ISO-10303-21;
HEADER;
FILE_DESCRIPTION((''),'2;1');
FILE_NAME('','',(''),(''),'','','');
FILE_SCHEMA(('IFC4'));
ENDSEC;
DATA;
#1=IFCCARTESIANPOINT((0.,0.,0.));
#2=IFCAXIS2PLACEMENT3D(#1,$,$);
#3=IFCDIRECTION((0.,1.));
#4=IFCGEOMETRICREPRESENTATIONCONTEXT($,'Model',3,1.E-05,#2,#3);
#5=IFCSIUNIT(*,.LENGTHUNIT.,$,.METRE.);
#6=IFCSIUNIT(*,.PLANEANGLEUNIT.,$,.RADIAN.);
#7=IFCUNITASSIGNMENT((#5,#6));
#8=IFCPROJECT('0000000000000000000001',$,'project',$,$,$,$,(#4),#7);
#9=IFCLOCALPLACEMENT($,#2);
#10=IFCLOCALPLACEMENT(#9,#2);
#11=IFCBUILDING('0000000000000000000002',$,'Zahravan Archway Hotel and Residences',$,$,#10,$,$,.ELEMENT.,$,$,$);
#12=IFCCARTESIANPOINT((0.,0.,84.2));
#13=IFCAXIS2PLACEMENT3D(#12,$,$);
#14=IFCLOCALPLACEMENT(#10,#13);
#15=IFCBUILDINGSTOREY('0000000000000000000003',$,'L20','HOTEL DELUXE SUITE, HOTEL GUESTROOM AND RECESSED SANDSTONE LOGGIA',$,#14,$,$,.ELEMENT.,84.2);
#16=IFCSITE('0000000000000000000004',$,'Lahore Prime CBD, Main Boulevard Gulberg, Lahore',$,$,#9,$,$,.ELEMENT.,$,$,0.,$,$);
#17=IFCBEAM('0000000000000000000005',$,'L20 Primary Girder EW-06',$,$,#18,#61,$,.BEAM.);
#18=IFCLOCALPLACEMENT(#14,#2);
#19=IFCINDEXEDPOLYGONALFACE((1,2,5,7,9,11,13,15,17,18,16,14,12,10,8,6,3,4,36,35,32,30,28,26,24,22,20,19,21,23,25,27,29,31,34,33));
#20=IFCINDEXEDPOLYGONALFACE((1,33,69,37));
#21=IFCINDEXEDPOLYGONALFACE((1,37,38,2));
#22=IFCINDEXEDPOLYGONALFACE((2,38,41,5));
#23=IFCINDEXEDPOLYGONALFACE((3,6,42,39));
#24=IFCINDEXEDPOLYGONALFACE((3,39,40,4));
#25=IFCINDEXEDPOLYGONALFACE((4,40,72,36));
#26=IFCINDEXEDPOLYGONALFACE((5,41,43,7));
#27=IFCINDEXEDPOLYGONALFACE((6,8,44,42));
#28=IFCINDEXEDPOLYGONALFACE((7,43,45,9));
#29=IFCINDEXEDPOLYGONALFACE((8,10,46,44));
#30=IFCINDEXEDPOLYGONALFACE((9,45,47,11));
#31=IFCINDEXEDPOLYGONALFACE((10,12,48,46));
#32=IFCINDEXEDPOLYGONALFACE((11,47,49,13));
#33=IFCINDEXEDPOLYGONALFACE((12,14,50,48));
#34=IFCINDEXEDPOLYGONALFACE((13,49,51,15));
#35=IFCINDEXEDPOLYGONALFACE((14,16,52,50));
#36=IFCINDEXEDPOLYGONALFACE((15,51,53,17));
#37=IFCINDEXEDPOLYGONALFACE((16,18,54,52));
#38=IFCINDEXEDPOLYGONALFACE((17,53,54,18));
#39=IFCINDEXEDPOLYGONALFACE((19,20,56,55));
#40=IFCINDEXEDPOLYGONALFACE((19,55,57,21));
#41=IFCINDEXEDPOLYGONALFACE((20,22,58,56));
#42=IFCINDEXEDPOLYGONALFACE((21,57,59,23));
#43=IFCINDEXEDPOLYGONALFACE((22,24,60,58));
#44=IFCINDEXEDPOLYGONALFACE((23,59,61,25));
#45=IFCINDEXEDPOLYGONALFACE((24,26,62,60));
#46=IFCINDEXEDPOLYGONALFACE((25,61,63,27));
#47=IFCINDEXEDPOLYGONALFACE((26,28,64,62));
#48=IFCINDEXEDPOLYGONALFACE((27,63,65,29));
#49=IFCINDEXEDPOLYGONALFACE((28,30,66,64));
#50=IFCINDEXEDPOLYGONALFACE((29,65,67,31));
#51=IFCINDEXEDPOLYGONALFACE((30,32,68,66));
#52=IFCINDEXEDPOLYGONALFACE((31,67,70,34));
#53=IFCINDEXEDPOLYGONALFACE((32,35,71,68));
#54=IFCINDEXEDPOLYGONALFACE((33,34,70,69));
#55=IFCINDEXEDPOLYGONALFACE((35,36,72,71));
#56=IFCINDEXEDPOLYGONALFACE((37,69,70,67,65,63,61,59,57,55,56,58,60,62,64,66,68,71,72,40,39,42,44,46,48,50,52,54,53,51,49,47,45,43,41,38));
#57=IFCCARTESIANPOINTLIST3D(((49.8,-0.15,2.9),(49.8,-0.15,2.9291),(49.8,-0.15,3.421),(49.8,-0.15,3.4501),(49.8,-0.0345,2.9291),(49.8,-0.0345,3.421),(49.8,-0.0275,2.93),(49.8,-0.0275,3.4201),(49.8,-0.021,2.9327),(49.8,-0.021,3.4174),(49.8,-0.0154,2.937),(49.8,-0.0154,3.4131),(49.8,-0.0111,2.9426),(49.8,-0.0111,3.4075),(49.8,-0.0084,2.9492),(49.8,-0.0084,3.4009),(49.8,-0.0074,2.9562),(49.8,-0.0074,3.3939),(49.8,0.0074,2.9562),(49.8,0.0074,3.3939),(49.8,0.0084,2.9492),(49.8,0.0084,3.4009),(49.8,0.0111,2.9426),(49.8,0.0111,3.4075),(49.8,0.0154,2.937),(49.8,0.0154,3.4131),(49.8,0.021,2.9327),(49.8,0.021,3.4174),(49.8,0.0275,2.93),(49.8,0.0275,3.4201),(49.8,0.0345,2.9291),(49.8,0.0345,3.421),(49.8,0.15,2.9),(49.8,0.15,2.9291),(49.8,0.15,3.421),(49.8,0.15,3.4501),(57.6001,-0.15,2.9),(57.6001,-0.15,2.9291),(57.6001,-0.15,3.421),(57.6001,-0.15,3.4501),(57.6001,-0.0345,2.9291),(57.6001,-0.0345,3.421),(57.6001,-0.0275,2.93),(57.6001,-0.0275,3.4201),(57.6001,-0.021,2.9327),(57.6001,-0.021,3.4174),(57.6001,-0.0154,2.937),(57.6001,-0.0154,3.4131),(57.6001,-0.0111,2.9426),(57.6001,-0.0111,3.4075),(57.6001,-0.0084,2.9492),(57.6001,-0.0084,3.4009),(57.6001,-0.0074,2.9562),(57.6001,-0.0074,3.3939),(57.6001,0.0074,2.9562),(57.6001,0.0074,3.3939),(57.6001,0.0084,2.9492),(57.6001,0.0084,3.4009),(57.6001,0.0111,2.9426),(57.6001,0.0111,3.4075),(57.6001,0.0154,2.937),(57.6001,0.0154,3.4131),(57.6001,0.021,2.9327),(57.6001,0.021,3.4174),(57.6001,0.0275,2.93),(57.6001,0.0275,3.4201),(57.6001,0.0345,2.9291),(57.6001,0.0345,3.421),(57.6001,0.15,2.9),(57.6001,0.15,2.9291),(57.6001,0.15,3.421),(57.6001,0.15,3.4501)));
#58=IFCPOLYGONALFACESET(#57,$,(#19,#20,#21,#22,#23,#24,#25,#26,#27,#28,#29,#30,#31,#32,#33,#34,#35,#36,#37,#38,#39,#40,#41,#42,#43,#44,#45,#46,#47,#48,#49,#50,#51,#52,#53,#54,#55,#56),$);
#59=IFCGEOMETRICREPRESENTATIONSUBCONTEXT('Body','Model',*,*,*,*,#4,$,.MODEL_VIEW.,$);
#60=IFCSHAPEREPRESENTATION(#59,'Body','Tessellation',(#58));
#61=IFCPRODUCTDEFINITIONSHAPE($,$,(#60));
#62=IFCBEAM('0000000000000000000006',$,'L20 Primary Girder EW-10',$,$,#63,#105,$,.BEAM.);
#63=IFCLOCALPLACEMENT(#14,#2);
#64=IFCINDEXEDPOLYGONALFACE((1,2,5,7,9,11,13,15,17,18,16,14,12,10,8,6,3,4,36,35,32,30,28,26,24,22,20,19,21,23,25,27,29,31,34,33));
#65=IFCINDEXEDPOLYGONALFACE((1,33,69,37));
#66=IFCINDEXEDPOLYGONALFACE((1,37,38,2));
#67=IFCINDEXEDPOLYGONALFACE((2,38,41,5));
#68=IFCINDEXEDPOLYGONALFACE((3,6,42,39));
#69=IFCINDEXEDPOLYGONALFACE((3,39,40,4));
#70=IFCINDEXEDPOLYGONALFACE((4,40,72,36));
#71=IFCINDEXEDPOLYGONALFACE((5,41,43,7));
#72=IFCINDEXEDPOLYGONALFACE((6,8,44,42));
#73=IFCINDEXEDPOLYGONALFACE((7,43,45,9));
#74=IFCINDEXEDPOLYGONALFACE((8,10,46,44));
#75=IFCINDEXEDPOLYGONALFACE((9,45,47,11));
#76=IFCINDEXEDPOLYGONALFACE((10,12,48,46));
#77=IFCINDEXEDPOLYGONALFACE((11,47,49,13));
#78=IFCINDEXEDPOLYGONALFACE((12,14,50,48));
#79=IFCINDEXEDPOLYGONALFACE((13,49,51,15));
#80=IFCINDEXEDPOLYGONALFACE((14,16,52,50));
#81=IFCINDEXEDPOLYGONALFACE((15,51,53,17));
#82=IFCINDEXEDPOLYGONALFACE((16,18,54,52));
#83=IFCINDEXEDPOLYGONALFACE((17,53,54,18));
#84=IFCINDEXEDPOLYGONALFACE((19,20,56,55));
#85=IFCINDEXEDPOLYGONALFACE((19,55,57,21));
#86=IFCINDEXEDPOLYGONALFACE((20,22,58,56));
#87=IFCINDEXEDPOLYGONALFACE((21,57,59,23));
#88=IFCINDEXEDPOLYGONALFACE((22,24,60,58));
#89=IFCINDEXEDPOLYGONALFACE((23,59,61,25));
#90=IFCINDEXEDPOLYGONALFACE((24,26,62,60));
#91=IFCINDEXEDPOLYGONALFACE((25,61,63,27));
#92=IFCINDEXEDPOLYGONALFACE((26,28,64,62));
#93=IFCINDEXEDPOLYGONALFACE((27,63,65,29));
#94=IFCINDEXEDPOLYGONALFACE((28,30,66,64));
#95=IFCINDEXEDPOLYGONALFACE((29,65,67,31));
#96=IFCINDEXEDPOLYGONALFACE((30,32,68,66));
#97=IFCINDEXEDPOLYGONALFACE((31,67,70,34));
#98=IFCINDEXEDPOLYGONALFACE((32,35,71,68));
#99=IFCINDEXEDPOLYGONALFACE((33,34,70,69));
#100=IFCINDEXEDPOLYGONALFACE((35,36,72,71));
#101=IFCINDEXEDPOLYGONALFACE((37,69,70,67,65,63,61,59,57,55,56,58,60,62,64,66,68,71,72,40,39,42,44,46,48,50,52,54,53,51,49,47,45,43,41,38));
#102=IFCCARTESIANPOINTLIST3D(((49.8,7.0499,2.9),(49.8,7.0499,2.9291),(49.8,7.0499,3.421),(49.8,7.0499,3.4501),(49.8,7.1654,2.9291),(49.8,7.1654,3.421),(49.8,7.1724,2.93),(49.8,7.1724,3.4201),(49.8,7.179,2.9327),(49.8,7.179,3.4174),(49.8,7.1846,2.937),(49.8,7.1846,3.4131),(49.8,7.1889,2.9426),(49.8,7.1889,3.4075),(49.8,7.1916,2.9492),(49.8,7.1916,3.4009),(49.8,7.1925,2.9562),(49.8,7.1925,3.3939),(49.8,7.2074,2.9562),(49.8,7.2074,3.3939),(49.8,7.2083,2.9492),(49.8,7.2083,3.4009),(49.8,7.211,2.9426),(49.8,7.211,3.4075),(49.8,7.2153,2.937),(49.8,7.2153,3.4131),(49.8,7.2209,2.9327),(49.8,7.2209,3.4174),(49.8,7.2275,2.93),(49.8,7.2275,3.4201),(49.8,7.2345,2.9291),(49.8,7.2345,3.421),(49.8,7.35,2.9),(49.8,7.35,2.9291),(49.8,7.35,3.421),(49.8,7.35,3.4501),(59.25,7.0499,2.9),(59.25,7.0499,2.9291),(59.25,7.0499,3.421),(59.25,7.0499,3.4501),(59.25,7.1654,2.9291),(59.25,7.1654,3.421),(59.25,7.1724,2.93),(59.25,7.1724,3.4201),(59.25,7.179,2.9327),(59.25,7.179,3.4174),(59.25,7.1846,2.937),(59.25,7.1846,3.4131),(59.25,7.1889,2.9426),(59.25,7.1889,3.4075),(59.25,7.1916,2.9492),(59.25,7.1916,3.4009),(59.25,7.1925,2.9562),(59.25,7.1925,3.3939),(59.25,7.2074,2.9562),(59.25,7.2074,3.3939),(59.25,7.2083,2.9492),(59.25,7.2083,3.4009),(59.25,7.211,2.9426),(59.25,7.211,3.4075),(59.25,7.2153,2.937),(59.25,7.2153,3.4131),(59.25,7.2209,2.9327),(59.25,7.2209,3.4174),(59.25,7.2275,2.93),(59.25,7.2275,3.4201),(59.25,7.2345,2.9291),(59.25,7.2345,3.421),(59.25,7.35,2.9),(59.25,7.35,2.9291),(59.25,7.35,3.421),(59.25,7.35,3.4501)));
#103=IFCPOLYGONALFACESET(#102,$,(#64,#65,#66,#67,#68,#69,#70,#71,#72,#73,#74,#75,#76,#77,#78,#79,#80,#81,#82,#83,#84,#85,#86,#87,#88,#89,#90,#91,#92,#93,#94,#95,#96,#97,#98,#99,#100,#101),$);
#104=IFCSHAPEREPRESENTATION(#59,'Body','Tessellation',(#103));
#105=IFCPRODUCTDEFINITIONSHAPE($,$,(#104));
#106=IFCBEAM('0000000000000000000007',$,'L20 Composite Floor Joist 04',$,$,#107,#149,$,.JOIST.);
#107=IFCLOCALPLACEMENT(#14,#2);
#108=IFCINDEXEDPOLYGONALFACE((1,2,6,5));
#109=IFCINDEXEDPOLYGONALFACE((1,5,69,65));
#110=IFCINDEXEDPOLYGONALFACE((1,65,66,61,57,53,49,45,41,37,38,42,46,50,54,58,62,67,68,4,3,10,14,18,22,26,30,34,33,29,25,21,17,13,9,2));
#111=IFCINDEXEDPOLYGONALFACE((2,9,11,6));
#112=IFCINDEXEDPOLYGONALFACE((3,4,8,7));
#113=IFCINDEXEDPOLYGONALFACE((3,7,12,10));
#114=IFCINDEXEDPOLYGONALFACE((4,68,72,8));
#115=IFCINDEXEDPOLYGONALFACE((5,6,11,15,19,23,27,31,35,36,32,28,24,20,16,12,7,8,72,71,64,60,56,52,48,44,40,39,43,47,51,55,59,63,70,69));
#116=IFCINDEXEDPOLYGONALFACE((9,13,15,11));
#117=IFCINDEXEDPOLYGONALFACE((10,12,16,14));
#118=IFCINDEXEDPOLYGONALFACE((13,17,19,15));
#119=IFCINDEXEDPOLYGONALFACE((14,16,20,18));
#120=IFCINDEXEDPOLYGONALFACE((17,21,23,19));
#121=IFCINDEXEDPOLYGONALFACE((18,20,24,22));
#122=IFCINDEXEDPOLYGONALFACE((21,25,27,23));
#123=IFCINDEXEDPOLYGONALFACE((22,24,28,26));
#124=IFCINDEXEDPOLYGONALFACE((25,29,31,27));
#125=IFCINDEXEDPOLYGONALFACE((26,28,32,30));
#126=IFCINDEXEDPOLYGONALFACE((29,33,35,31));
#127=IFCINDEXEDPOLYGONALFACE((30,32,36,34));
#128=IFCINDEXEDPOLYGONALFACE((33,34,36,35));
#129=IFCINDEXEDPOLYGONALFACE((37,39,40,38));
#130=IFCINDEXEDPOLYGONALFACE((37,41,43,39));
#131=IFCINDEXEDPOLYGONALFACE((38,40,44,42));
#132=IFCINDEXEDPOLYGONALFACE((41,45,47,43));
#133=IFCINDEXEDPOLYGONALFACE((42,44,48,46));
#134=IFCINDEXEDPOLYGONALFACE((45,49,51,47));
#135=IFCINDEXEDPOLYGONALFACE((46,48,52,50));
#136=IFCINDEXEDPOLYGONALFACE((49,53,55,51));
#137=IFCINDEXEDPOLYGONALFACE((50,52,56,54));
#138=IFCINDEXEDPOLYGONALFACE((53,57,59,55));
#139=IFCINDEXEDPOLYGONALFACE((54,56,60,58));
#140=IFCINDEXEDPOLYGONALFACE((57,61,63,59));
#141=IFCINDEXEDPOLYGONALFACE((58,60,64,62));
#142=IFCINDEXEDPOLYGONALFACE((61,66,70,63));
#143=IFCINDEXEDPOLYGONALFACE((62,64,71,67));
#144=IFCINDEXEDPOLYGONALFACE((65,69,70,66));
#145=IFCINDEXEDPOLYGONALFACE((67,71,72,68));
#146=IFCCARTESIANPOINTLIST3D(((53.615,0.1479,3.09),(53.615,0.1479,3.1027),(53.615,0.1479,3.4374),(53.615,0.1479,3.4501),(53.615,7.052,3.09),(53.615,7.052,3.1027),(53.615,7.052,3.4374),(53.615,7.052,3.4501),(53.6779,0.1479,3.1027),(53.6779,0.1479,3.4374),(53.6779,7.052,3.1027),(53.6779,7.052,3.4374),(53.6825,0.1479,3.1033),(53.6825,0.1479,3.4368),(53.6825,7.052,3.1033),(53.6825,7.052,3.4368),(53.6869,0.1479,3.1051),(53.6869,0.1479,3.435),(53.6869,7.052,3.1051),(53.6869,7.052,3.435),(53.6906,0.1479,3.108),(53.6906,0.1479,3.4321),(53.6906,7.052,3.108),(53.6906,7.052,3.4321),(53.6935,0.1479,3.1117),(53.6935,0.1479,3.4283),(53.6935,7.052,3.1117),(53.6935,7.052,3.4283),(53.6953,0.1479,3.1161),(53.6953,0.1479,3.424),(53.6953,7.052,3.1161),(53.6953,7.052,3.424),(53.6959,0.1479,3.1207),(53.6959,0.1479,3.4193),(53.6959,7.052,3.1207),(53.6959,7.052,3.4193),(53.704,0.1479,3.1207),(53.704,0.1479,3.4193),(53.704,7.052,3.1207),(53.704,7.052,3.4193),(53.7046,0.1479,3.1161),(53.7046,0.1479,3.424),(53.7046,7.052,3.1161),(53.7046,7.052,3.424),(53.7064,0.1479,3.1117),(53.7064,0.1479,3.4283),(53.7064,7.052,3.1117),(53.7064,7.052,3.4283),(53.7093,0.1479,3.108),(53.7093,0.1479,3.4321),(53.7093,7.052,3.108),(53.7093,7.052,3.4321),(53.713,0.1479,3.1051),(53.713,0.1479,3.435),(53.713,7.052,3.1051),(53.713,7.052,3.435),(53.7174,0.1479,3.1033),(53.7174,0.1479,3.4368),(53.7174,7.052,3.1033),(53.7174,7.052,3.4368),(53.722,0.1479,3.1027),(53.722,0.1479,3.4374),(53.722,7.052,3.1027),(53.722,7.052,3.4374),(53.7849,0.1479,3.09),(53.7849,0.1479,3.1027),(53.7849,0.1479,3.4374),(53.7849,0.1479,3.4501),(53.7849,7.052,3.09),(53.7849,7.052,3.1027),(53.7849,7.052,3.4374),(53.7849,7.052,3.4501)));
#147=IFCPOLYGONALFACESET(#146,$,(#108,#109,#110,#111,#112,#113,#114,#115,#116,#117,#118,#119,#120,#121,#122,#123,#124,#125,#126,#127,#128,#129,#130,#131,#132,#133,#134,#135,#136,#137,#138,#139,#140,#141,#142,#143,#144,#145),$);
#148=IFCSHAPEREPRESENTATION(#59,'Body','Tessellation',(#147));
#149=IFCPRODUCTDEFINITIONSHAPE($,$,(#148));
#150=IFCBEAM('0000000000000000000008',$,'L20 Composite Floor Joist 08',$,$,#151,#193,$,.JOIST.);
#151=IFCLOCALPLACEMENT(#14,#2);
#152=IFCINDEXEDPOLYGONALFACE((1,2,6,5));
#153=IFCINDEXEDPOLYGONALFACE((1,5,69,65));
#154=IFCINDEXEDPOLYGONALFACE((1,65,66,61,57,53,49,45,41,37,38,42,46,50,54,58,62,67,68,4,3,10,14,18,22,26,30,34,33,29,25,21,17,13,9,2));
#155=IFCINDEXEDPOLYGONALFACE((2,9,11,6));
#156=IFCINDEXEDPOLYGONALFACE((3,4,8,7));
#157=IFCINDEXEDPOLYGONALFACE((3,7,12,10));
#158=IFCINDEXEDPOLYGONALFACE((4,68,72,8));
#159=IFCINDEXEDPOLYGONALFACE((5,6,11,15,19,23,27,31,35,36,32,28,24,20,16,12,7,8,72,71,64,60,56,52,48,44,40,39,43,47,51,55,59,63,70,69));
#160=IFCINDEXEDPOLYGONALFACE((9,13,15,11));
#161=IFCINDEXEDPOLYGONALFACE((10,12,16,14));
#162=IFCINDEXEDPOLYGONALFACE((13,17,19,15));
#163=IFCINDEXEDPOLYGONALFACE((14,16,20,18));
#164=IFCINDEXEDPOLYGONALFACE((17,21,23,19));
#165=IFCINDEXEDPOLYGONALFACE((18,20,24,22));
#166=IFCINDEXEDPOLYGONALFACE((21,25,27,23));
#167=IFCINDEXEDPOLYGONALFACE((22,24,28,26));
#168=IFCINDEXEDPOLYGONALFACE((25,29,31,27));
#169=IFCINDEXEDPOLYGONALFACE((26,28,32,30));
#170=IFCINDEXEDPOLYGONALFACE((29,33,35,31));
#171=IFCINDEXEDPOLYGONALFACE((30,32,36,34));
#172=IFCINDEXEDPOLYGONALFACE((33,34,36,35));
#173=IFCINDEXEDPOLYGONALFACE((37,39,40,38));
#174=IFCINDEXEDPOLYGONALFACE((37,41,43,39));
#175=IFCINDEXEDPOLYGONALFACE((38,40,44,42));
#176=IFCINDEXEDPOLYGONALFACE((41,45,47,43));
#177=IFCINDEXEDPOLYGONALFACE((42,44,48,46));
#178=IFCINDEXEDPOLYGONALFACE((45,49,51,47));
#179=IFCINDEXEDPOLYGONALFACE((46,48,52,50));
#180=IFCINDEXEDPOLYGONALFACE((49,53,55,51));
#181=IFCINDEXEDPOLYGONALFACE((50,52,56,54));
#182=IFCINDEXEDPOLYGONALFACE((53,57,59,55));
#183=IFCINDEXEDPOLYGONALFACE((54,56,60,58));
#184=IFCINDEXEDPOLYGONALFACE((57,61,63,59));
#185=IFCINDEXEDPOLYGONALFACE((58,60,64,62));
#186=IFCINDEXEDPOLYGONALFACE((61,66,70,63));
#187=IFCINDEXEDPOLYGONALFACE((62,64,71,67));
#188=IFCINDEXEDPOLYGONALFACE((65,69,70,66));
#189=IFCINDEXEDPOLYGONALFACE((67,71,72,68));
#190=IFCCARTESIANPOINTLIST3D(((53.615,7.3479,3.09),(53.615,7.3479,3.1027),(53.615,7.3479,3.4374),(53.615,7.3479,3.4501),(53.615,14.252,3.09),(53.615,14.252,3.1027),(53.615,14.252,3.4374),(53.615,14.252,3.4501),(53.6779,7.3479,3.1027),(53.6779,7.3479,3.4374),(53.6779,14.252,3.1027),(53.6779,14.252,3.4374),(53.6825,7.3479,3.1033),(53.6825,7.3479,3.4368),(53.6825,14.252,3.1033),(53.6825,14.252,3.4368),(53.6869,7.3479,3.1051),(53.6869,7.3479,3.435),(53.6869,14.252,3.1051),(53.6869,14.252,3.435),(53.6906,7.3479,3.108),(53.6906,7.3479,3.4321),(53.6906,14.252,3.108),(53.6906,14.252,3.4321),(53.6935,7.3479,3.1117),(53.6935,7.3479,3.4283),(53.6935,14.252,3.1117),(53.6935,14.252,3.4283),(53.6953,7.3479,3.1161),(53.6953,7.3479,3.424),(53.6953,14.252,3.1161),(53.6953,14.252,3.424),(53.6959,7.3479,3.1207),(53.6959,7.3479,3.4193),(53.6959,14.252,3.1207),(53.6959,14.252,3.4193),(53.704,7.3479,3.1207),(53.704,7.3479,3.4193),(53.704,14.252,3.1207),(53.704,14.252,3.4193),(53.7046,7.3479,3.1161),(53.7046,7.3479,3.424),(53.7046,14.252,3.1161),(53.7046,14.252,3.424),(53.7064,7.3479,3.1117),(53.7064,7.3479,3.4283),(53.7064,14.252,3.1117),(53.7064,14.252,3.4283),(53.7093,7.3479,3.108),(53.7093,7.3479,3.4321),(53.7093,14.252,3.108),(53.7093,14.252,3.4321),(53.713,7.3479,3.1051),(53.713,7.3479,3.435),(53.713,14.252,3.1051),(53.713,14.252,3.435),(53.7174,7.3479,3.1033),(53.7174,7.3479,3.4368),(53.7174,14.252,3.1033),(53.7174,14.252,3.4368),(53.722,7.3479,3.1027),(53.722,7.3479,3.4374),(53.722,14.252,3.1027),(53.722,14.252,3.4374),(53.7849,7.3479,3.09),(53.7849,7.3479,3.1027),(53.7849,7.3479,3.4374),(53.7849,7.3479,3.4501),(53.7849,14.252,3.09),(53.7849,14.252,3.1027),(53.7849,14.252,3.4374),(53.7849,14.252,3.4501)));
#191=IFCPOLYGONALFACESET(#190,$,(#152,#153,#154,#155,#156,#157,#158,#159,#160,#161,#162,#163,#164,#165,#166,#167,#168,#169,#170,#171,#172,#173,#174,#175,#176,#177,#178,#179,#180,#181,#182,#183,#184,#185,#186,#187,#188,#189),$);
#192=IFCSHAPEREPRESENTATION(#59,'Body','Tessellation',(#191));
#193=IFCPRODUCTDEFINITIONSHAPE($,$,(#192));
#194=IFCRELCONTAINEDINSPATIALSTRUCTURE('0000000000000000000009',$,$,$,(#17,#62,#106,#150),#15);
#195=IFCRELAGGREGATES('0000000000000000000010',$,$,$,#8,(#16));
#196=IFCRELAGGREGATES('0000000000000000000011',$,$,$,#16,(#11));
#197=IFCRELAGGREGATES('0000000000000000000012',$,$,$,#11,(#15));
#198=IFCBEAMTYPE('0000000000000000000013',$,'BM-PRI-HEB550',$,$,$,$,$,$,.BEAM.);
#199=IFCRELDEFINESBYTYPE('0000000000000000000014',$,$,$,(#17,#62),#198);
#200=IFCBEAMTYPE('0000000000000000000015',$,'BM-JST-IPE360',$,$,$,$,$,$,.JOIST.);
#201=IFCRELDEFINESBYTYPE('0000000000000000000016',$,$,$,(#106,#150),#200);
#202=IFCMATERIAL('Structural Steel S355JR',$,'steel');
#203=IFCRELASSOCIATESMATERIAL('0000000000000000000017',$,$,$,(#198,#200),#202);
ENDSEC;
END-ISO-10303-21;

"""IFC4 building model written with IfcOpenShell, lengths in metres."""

from ifc_helpers import new_model, si_unit, direction, frame, origin, origin_2d, place, context, subcontext, project, spatial, i_section, extrude, source, transform, mapped, material, material_profile, profile_set, type_object, type_shapes, element, save


model = new_model("IFC4")

# Units and contexts
model_context = context("Model", 3, precision=1e-05, world=origin(), true_north=direction((0.0, 1.0)))
body_context = subcontext(model_context, "Body", "Model", "MODEL_VIEW")
ifc_project = project(units=[si_unit("LENGTHUNIT", "METRE"), si_unit("PLANEANGLEUNIT", "RADIAN")], contexts=[model_context])

# Site, building, storey
site_placement = place(None, origin())
site = spatial("IfcSite", under=ifc_project, at=site_placement, Name="Lahore Prime CBD, Main Boulevard Gulberg, Lahore", CompositionType="ELEMENT", RefElevation=0.0)
building_placement = place(site_placement, origin())
building = spatial("IfcBuilding", under=site, at=building_placement, Name="Zahravan Archway Hotel and Residences", CompositionType="ELEMENT")
storey_placement = place(building_placement, frame((0.0, 0.0, 84.2)))
storey = spatial("IfcBuildingStorey", under=building, at=storey_placement, Name="L20", Description="HOTEL DELUXE SUITE, HOTEL GUESTROOM AND RECESSED SANDSTONE LOGGIA", CompositionType="ELEMENT", Elevation=84.2)

# Beams
ifc_material_1 = material(Name="Structural Steel S355JR", Category="steel")
ifc_material_profile_1 = material_profile(ifc_material_1, i_section(OverallWidth=0.3, OverallDepth=0.55, WebThickness=0.0149, FlangeThickness=0.0291, FilletRadius=0.0271, at=origin_2d()), Name="HEB 550", Category="steel")
ifc_profile_set_1 = profile_set([ifc_material_profile_1], Name="Structural Steel S355JR")
beam_type_1 = type_object("IfcBeamType", Name="BM-PRI-HEB550", PredefinedType="BEAM", material=ifc_profile_set_1)
shared_shape_1 = source(origin(), body_context, "Body", "SweptSolid", [
    extrude(i_section(OverallWidth=0.3, OverallDepth=0.55, WebThickness=0.0149, FlangeThickness=0.0291, FilletRadius=0.0271, at=origin_2d()), origin(), (0.0, 0.0, 1.0), 7.8),
])
beam_1_placement = place(storey_placement, frame((49.8, 0.0, 3.175), z_axis=(1.0, 0.0, 0.0), x_axis=(0.0, 1.0, 0.0)))
element("IfcBeam", 1, at=beam_1_placement, inside=storey, type_object=beam_type_1, Name="L20 Primary Girder EW-06", PredefinedType="BEAM", context=body_context, shape_type="MappedRepresentation", body=[
    mapped(shared_shape_1, transform((0.0, 0.0, 0.0), scale=1.0)),
])
shared_shape_2 = source(origin(), body_context, "Body", "SweptSolid", [
    extrude(i_section(OverallWidth=0.3, OverallDepth=0.55, WebThickness=0.0149, FlangeThickness=0.0291, FilletRadius=0.0271, at=origin_2d()), origin(), (0.0, 0.0, 1.0), 9.45),
])
beam_2_placement = place(storey_placement, frame((49.8, 7.2, 3.175), z_axis=(1.0, 0.0, 0.0), x_axis=(0.0, 1.0, 0.0)))
element("IfcBeam", 2, at=beam_2_placement, inside=storey, type_object=beam_type_1, Name="L20 Primary Girder EW-10", PredefinedType="BEAM", context=body_context, shape_type="MappedRepresentation", body=[
    mapped(shared_shape_2, transform((0.0, 0.0, 0.0), scale=1.0)),
])
ifc_material_profile_2 = material_profile(ifc_material_1, i_section(OverallWidth=0.1699, OverallDepth=0.3601, WebThickness=0.0081, FlangeThickness=0.0127, FilletRadius=0.0181, at=origin_2d()), Name="IPE 360", Category="steel")
ifc_profile_set_2 = profile_set([ifc_material_profile_2], Name="Structural Steel S355JR")
beam_type_2 = type_object("IfcBeamType", Name="BM-JST-IPE360", PredefinedType="JOIST", material=ifc_profile_set_2)
shared_shape_3 = source(origin(), body_context, "Body", "SweptSolid", [
    extrude(i_section(OverallWidth=0.1699, OverallDepth=0.3601, WebThickness=0.0081, FlangeThickness=0.0127, FilletRadius=0.0181, at=origin_2d()), origin(), (0.0, 0.0, 1.0), 6.9041),
])
type_shapes(beam_type_2, [shared_shape_3])
for number, where, z_axis, x_axis, name in (
    (3, (53.7, 0.1479, 3.27), (0.0, 1.0, 0.0), (-1.0, 0.0, 0.0), "L20 Composite Floor Joist 04"),
    (4, (53.7, 7.3479, 3.27), (0.0, 1.0, 0.0), (-1.0, 0.0, 0.0), "L20 Composite Floor Joist 08"),
):
    element("IfcBeam", number, at=place(storey_placement, frame(where, z_axis=z_axis, x_axis=x_axis)), inside=storey, type_object=beam_type_2, Name=name, PredefinedType="JOIST", context=body_context, shape_type="MappedRepresentation", body=[
        mapped(shared_shape_3, transform((0.0, 0.0, 0.0), scale=1.0)),
    ])

save(model, "model.ifc")
